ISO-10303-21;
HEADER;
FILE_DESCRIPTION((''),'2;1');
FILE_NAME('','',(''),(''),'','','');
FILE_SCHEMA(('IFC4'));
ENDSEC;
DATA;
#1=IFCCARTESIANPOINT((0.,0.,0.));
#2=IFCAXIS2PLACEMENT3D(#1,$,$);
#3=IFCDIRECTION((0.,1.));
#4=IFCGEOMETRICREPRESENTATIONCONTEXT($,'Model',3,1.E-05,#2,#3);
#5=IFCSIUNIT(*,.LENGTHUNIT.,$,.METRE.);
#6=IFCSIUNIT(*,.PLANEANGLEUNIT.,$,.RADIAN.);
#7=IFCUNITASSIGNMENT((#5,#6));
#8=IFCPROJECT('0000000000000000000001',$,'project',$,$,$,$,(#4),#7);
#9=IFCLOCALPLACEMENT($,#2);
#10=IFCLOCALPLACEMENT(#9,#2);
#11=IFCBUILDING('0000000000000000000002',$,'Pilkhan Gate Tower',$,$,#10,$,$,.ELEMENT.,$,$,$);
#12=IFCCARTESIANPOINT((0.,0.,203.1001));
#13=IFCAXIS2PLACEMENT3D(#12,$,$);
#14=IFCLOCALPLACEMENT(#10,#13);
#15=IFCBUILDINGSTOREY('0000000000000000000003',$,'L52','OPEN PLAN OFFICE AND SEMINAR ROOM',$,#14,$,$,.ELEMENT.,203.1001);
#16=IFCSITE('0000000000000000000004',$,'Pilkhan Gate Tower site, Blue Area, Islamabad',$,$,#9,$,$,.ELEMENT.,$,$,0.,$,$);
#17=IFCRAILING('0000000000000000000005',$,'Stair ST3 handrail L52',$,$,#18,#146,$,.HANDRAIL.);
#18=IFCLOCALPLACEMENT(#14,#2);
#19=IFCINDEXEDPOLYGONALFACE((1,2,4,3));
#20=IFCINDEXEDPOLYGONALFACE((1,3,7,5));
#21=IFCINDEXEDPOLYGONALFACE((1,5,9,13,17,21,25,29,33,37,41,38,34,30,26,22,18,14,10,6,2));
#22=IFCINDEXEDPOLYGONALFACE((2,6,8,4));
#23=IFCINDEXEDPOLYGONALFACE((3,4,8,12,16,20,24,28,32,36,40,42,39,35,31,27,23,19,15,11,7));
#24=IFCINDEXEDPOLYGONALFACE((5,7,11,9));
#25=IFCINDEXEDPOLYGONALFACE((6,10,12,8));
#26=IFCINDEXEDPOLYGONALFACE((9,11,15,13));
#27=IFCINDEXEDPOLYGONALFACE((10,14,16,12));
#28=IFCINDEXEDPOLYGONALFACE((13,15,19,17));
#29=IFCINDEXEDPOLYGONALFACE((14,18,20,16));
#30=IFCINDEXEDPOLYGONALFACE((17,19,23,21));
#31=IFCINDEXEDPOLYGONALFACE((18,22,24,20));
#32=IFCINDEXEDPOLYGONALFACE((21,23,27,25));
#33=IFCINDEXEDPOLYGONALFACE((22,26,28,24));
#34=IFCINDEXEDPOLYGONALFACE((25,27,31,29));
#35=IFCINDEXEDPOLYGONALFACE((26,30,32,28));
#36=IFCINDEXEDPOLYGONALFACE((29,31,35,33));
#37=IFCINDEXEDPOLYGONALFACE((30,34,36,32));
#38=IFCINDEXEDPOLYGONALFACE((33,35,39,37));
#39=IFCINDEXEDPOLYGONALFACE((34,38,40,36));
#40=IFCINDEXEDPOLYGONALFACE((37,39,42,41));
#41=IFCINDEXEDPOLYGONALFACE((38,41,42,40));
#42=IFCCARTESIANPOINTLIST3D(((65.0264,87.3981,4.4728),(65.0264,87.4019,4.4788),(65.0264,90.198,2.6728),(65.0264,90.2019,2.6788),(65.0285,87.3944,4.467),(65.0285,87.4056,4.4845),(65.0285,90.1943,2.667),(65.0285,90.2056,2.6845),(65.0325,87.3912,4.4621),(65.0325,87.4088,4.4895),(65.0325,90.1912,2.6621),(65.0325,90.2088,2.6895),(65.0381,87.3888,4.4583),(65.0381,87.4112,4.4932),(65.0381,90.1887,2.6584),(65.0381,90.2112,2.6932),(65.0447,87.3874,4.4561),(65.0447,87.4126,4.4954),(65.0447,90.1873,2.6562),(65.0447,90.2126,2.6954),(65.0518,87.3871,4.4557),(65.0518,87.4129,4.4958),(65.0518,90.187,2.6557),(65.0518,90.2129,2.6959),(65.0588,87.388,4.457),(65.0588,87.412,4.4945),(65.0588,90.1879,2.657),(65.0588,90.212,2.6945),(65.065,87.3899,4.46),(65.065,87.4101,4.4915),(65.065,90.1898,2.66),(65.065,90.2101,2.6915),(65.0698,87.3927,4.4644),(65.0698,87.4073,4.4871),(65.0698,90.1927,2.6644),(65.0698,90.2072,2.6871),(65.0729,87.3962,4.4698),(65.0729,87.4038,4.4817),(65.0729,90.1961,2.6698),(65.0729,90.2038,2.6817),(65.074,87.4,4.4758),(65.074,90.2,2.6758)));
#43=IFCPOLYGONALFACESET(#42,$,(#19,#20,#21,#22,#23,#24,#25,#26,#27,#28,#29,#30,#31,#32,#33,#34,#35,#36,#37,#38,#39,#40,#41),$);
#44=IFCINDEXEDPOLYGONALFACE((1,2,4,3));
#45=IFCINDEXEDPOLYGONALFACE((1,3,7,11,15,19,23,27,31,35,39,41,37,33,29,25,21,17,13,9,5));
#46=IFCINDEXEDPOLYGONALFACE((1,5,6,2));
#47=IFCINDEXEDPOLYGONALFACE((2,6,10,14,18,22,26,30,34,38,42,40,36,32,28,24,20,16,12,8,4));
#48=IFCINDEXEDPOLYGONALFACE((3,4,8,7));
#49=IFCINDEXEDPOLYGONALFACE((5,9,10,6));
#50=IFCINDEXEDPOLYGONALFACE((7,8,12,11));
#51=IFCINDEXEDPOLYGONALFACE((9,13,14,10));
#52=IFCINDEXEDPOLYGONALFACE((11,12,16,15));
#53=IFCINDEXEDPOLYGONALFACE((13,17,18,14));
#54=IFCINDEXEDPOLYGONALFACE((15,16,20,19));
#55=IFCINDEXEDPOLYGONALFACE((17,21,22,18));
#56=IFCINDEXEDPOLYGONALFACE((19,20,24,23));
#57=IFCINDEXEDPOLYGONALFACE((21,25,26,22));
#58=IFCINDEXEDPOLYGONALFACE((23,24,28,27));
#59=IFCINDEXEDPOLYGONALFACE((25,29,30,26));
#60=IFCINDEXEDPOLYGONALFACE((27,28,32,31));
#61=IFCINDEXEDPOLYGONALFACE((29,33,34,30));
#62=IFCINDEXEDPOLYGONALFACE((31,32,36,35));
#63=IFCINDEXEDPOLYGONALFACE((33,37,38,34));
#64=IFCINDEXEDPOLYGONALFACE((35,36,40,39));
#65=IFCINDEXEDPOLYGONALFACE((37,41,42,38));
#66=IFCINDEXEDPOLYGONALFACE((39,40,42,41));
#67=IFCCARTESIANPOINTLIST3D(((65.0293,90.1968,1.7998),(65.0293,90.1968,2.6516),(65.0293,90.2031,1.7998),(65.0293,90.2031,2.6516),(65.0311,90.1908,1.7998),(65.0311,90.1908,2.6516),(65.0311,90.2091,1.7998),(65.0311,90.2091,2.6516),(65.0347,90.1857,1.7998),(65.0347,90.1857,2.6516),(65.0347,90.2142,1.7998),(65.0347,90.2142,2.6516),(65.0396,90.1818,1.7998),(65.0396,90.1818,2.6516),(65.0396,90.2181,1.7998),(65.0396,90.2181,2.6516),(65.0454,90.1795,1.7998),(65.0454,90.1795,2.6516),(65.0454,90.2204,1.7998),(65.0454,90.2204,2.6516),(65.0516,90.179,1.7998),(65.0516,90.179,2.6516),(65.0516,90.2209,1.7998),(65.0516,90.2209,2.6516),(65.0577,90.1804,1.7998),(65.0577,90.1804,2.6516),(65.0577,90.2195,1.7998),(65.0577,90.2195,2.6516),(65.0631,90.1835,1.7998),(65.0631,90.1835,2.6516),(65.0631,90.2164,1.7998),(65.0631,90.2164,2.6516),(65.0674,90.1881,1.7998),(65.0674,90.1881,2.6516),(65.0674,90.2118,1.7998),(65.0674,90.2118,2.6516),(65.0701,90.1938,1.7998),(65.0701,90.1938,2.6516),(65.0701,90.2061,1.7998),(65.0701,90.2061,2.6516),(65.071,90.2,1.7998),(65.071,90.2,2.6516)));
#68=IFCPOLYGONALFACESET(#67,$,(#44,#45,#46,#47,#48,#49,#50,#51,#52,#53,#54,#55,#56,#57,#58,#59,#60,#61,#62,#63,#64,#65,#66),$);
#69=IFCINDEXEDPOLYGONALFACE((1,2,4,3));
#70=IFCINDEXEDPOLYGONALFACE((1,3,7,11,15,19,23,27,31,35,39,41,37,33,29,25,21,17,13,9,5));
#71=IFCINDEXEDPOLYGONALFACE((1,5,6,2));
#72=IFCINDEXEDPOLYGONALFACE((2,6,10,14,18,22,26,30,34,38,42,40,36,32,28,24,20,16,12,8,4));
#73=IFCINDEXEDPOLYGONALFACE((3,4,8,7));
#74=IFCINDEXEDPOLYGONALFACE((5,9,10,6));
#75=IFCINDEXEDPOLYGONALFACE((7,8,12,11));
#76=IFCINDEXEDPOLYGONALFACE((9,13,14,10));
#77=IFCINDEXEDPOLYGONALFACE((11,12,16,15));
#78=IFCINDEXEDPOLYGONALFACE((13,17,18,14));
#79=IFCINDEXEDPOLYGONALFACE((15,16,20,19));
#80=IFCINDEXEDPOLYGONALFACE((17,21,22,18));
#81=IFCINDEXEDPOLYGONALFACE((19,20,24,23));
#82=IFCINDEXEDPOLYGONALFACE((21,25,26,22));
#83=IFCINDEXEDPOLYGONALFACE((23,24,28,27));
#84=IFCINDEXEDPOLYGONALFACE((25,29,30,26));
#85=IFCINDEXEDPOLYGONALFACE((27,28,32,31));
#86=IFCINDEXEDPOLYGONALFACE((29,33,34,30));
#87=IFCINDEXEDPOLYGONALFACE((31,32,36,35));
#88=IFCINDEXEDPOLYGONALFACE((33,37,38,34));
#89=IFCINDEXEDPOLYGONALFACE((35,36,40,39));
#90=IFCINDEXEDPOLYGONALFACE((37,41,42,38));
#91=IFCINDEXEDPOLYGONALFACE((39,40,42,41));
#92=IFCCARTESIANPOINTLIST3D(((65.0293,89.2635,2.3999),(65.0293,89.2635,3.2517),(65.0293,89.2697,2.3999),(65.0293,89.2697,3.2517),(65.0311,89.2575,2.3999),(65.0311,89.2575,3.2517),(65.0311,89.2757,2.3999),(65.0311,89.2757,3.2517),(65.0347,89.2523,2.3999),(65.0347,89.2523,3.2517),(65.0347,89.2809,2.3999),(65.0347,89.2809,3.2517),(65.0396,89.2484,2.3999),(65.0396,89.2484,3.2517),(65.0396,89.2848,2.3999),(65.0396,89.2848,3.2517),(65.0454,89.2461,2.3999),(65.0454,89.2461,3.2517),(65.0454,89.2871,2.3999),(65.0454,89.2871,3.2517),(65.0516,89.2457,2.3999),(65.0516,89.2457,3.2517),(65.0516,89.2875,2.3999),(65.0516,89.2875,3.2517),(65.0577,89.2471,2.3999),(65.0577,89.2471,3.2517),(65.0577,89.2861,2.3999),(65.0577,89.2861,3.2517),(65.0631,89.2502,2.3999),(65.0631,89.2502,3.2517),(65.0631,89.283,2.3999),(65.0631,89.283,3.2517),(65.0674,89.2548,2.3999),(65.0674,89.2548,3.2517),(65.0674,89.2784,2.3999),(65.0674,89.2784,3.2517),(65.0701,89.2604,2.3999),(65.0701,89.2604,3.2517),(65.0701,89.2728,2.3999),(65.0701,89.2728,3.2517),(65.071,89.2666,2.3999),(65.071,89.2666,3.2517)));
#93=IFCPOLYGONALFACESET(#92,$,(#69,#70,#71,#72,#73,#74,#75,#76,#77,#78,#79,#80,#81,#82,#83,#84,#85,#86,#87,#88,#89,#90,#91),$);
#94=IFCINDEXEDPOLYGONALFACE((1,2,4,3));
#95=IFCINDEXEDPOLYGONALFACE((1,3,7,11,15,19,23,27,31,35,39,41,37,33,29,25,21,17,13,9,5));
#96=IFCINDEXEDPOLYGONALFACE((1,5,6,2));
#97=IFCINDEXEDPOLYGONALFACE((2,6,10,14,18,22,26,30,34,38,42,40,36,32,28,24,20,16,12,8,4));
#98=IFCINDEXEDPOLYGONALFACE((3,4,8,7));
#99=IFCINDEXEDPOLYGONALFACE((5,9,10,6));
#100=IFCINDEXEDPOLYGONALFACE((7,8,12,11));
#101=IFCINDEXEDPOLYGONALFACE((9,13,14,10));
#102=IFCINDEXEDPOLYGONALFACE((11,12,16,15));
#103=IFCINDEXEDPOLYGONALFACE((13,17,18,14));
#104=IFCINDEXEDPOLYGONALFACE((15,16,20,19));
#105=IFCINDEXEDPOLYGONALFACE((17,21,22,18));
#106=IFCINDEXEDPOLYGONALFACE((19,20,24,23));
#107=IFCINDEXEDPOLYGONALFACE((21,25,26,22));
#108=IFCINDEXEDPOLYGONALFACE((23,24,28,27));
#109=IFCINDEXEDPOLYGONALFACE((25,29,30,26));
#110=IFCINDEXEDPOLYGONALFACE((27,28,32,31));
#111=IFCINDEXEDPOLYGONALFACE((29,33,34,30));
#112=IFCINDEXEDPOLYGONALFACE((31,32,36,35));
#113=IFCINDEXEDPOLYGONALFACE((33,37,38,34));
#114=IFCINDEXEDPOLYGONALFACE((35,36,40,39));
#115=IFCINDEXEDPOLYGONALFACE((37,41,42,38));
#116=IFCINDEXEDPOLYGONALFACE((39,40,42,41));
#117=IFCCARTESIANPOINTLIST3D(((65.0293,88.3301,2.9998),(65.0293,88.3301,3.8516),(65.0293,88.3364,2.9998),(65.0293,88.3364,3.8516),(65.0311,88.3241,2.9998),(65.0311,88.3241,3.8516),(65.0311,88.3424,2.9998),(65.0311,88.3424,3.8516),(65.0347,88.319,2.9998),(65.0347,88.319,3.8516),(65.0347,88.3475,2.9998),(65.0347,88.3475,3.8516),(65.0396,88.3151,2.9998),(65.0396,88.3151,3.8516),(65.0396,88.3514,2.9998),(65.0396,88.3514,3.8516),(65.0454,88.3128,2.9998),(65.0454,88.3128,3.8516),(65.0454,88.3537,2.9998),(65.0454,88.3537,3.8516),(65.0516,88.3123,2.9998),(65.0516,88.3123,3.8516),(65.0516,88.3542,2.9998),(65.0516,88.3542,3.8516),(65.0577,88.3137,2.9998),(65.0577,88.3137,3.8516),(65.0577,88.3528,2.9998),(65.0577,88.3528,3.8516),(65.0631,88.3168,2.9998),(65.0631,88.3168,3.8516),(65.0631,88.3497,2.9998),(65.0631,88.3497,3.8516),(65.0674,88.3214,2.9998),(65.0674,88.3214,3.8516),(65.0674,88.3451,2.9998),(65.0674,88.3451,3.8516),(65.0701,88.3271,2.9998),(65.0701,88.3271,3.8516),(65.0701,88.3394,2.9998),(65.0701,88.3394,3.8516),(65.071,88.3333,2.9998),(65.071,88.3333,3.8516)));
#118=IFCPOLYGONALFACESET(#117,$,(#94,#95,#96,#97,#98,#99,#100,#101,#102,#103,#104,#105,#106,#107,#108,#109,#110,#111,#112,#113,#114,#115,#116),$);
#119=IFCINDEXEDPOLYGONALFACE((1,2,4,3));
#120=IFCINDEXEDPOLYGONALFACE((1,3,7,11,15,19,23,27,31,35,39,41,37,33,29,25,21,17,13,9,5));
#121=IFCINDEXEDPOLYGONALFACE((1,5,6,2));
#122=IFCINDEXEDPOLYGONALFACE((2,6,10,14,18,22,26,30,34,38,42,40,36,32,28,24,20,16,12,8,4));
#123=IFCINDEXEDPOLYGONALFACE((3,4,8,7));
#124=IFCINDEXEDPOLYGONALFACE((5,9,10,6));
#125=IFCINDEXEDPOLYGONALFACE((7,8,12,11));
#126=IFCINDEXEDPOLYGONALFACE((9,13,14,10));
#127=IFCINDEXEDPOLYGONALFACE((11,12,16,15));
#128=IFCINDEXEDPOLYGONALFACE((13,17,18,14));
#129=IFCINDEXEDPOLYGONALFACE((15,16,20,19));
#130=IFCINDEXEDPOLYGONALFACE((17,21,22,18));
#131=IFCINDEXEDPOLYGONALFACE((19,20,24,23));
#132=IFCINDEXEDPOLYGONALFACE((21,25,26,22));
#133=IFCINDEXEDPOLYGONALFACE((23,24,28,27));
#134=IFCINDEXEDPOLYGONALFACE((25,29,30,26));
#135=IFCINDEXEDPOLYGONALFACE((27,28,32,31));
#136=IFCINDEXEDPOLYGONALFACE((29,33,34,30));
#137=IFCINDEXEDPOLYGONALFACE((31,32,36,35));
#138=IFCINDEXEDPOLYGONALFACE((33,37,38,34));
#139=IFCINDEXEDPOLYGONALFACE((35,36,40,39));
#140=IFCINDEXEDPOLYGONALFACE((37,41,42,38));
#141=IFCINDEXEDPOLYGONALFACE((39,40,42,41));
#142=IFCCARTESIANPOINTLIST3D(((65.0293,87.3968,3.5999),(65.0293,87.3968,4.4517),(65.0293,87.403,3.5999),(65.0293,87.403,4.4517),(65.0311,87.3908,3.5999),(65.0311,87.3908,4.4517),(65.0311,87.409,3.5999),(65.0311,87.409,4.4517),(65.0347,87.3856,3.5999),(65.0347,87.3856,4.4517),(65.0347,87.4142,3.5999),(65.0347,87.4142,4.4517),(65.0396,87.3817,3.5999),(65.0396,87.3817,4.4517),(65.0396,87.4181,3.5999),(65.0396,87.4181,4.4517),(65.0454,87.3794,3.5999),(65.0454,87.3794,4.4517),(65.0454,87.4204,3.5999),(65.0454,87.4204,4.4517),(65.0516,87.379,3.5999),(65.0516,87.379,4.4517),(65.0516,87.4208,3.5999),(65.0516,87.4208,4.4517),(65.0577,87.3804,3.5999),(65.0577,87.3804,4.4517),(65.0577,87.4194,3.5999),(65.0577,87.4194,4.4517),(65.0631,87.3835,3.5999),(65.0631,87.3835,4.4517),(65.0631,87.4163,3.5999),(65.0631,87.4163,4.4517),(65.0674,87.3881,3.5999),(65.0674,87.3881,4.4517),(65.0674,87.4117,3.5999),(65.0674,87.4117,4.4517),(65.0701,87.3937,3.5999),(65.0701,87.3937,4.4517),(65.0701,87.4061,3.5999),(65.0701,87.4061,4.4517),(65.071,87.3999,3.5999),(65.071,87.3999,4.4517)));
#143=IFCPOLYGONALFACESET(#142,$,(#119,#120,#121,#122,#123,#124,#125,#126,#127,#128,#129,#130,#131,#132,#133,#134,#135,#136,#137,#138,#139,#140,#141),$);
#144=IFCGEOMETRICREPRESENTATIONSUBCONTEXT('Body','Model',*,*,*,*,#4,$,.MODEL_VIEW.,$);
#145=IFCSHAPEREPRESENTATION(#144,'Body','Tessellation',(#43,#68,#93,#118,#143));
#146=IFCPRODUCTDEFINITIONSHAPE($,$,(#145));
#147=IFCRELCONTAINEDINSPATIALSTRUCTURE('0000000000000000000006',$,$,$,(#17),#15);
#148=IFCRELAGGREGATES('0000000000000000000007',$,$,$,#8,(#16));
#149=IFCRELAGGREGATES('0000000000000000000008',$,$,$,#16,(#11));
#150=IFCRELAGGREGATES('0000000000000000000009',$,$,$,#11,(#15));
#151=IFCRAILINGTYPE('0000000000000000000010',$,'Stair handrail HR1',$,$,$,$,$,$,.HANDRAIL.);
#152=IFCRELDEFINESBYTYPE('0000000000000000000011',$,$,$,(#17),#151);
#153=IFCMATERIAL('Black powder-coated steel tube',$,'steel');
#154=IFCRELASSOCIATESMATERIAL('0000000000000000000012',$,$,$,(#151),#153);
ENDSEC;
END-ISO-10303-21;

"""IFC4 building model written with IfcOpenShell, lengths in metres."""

from ifc_helpers import new_model, si_unit, direction, frame, origin, origin_2d, place, context, subcontext, project, spatial, circle, extrude, material, type_object, element, save


model = new_model("IFC4")

# Units and contexts
model_context = context("Model", 3, precision=1e-05, world=origin(), true_north=direction((0.0, 1.0)))
body_context = subcontext(model_context, "Body", "Model", "MODEL_VIEW")
ifc_project = project(units=[si_unit("LENGTHUNIT", "METRE"), si_unit("PLANEANGLEUNIT", "RADIAN")], contexts=[model_context])

# Site, building, storey
site_placement = place(None, origin())
site = spatial("IfcSite", under=ifc_project, at=site_placement, Name="Pilkhan Gate Tower site, Blue Area, Islamabad", CompositionType="ELEMENT", RefElevation=0.0)
building_placement = place(site_placement, origin())
building = spatial("IfcBuilding", under=site, at=building_placement, Name="Pilkhan Gate Tower", CompositionType="ELEMENT")
storey_placement = place(building_placement, frame((0.0, 0.0, 203.1001)))
storey = spatial("IfcBuildingStorey", under=building, at=storey_placement, Name="L52", Description="OPEN PLAN OFFICE AND SEMINAR ROOM", CompositionType="ELEMENT", Elevation=203.1001)

# Railing
ifc_material_1 = material(Name="Black powder-coated steel tube", Category="steel")
railing_type_1 = type_object("IfcRailingType", Name="Stair handrail HR1", PredefinedType="HANDRAIL", material=ifc_material_1)
railing_1_placement = place(storey_placement, frame((65.05, 90.2, 1.7998)))
element("IfcRailing", 1, at=railing_1_placement, inside=storey, type_object=railing_type_1, Name="Stair ST3 handrail L52", PredefinedType="HANDRAIL", context=body_context, shape_type="SweptSolid", body=[
    extrude(circle(Radius=0.0239, at=origin_2d()), frame((0.0, 0.0, 0.876), z_axis=(0.0, -0.841176, 0.540761), x_axis=(1.0, 0.0, 0.0)), (0.0, 0.0, 1.0), 3.3286),
    extrude(circle(Radius=0.021, at=origin_2d()), origin(), (0.0, 0.0, 1.0), 0.8518),
    extrude(circle(Radius=0.021, at=origin_2d()), frame((0.0, -0.9333, 0.6001)), (0.0, 0.0, 1.0), 0.8518),
    extrude(circle(Radius=0.021, at=origin_2d()), frame((0.0, -1.8667, 1.2)), (0.0, 0.0, 1.0), 0.8518),
    extrude(circle(Radius=0.021, at=origin_2d()), frame((0.0, -2.8, 1.8)), (0.0, 0.0, 1.0), 0.8518),
])

save(model, "model.ifc")
